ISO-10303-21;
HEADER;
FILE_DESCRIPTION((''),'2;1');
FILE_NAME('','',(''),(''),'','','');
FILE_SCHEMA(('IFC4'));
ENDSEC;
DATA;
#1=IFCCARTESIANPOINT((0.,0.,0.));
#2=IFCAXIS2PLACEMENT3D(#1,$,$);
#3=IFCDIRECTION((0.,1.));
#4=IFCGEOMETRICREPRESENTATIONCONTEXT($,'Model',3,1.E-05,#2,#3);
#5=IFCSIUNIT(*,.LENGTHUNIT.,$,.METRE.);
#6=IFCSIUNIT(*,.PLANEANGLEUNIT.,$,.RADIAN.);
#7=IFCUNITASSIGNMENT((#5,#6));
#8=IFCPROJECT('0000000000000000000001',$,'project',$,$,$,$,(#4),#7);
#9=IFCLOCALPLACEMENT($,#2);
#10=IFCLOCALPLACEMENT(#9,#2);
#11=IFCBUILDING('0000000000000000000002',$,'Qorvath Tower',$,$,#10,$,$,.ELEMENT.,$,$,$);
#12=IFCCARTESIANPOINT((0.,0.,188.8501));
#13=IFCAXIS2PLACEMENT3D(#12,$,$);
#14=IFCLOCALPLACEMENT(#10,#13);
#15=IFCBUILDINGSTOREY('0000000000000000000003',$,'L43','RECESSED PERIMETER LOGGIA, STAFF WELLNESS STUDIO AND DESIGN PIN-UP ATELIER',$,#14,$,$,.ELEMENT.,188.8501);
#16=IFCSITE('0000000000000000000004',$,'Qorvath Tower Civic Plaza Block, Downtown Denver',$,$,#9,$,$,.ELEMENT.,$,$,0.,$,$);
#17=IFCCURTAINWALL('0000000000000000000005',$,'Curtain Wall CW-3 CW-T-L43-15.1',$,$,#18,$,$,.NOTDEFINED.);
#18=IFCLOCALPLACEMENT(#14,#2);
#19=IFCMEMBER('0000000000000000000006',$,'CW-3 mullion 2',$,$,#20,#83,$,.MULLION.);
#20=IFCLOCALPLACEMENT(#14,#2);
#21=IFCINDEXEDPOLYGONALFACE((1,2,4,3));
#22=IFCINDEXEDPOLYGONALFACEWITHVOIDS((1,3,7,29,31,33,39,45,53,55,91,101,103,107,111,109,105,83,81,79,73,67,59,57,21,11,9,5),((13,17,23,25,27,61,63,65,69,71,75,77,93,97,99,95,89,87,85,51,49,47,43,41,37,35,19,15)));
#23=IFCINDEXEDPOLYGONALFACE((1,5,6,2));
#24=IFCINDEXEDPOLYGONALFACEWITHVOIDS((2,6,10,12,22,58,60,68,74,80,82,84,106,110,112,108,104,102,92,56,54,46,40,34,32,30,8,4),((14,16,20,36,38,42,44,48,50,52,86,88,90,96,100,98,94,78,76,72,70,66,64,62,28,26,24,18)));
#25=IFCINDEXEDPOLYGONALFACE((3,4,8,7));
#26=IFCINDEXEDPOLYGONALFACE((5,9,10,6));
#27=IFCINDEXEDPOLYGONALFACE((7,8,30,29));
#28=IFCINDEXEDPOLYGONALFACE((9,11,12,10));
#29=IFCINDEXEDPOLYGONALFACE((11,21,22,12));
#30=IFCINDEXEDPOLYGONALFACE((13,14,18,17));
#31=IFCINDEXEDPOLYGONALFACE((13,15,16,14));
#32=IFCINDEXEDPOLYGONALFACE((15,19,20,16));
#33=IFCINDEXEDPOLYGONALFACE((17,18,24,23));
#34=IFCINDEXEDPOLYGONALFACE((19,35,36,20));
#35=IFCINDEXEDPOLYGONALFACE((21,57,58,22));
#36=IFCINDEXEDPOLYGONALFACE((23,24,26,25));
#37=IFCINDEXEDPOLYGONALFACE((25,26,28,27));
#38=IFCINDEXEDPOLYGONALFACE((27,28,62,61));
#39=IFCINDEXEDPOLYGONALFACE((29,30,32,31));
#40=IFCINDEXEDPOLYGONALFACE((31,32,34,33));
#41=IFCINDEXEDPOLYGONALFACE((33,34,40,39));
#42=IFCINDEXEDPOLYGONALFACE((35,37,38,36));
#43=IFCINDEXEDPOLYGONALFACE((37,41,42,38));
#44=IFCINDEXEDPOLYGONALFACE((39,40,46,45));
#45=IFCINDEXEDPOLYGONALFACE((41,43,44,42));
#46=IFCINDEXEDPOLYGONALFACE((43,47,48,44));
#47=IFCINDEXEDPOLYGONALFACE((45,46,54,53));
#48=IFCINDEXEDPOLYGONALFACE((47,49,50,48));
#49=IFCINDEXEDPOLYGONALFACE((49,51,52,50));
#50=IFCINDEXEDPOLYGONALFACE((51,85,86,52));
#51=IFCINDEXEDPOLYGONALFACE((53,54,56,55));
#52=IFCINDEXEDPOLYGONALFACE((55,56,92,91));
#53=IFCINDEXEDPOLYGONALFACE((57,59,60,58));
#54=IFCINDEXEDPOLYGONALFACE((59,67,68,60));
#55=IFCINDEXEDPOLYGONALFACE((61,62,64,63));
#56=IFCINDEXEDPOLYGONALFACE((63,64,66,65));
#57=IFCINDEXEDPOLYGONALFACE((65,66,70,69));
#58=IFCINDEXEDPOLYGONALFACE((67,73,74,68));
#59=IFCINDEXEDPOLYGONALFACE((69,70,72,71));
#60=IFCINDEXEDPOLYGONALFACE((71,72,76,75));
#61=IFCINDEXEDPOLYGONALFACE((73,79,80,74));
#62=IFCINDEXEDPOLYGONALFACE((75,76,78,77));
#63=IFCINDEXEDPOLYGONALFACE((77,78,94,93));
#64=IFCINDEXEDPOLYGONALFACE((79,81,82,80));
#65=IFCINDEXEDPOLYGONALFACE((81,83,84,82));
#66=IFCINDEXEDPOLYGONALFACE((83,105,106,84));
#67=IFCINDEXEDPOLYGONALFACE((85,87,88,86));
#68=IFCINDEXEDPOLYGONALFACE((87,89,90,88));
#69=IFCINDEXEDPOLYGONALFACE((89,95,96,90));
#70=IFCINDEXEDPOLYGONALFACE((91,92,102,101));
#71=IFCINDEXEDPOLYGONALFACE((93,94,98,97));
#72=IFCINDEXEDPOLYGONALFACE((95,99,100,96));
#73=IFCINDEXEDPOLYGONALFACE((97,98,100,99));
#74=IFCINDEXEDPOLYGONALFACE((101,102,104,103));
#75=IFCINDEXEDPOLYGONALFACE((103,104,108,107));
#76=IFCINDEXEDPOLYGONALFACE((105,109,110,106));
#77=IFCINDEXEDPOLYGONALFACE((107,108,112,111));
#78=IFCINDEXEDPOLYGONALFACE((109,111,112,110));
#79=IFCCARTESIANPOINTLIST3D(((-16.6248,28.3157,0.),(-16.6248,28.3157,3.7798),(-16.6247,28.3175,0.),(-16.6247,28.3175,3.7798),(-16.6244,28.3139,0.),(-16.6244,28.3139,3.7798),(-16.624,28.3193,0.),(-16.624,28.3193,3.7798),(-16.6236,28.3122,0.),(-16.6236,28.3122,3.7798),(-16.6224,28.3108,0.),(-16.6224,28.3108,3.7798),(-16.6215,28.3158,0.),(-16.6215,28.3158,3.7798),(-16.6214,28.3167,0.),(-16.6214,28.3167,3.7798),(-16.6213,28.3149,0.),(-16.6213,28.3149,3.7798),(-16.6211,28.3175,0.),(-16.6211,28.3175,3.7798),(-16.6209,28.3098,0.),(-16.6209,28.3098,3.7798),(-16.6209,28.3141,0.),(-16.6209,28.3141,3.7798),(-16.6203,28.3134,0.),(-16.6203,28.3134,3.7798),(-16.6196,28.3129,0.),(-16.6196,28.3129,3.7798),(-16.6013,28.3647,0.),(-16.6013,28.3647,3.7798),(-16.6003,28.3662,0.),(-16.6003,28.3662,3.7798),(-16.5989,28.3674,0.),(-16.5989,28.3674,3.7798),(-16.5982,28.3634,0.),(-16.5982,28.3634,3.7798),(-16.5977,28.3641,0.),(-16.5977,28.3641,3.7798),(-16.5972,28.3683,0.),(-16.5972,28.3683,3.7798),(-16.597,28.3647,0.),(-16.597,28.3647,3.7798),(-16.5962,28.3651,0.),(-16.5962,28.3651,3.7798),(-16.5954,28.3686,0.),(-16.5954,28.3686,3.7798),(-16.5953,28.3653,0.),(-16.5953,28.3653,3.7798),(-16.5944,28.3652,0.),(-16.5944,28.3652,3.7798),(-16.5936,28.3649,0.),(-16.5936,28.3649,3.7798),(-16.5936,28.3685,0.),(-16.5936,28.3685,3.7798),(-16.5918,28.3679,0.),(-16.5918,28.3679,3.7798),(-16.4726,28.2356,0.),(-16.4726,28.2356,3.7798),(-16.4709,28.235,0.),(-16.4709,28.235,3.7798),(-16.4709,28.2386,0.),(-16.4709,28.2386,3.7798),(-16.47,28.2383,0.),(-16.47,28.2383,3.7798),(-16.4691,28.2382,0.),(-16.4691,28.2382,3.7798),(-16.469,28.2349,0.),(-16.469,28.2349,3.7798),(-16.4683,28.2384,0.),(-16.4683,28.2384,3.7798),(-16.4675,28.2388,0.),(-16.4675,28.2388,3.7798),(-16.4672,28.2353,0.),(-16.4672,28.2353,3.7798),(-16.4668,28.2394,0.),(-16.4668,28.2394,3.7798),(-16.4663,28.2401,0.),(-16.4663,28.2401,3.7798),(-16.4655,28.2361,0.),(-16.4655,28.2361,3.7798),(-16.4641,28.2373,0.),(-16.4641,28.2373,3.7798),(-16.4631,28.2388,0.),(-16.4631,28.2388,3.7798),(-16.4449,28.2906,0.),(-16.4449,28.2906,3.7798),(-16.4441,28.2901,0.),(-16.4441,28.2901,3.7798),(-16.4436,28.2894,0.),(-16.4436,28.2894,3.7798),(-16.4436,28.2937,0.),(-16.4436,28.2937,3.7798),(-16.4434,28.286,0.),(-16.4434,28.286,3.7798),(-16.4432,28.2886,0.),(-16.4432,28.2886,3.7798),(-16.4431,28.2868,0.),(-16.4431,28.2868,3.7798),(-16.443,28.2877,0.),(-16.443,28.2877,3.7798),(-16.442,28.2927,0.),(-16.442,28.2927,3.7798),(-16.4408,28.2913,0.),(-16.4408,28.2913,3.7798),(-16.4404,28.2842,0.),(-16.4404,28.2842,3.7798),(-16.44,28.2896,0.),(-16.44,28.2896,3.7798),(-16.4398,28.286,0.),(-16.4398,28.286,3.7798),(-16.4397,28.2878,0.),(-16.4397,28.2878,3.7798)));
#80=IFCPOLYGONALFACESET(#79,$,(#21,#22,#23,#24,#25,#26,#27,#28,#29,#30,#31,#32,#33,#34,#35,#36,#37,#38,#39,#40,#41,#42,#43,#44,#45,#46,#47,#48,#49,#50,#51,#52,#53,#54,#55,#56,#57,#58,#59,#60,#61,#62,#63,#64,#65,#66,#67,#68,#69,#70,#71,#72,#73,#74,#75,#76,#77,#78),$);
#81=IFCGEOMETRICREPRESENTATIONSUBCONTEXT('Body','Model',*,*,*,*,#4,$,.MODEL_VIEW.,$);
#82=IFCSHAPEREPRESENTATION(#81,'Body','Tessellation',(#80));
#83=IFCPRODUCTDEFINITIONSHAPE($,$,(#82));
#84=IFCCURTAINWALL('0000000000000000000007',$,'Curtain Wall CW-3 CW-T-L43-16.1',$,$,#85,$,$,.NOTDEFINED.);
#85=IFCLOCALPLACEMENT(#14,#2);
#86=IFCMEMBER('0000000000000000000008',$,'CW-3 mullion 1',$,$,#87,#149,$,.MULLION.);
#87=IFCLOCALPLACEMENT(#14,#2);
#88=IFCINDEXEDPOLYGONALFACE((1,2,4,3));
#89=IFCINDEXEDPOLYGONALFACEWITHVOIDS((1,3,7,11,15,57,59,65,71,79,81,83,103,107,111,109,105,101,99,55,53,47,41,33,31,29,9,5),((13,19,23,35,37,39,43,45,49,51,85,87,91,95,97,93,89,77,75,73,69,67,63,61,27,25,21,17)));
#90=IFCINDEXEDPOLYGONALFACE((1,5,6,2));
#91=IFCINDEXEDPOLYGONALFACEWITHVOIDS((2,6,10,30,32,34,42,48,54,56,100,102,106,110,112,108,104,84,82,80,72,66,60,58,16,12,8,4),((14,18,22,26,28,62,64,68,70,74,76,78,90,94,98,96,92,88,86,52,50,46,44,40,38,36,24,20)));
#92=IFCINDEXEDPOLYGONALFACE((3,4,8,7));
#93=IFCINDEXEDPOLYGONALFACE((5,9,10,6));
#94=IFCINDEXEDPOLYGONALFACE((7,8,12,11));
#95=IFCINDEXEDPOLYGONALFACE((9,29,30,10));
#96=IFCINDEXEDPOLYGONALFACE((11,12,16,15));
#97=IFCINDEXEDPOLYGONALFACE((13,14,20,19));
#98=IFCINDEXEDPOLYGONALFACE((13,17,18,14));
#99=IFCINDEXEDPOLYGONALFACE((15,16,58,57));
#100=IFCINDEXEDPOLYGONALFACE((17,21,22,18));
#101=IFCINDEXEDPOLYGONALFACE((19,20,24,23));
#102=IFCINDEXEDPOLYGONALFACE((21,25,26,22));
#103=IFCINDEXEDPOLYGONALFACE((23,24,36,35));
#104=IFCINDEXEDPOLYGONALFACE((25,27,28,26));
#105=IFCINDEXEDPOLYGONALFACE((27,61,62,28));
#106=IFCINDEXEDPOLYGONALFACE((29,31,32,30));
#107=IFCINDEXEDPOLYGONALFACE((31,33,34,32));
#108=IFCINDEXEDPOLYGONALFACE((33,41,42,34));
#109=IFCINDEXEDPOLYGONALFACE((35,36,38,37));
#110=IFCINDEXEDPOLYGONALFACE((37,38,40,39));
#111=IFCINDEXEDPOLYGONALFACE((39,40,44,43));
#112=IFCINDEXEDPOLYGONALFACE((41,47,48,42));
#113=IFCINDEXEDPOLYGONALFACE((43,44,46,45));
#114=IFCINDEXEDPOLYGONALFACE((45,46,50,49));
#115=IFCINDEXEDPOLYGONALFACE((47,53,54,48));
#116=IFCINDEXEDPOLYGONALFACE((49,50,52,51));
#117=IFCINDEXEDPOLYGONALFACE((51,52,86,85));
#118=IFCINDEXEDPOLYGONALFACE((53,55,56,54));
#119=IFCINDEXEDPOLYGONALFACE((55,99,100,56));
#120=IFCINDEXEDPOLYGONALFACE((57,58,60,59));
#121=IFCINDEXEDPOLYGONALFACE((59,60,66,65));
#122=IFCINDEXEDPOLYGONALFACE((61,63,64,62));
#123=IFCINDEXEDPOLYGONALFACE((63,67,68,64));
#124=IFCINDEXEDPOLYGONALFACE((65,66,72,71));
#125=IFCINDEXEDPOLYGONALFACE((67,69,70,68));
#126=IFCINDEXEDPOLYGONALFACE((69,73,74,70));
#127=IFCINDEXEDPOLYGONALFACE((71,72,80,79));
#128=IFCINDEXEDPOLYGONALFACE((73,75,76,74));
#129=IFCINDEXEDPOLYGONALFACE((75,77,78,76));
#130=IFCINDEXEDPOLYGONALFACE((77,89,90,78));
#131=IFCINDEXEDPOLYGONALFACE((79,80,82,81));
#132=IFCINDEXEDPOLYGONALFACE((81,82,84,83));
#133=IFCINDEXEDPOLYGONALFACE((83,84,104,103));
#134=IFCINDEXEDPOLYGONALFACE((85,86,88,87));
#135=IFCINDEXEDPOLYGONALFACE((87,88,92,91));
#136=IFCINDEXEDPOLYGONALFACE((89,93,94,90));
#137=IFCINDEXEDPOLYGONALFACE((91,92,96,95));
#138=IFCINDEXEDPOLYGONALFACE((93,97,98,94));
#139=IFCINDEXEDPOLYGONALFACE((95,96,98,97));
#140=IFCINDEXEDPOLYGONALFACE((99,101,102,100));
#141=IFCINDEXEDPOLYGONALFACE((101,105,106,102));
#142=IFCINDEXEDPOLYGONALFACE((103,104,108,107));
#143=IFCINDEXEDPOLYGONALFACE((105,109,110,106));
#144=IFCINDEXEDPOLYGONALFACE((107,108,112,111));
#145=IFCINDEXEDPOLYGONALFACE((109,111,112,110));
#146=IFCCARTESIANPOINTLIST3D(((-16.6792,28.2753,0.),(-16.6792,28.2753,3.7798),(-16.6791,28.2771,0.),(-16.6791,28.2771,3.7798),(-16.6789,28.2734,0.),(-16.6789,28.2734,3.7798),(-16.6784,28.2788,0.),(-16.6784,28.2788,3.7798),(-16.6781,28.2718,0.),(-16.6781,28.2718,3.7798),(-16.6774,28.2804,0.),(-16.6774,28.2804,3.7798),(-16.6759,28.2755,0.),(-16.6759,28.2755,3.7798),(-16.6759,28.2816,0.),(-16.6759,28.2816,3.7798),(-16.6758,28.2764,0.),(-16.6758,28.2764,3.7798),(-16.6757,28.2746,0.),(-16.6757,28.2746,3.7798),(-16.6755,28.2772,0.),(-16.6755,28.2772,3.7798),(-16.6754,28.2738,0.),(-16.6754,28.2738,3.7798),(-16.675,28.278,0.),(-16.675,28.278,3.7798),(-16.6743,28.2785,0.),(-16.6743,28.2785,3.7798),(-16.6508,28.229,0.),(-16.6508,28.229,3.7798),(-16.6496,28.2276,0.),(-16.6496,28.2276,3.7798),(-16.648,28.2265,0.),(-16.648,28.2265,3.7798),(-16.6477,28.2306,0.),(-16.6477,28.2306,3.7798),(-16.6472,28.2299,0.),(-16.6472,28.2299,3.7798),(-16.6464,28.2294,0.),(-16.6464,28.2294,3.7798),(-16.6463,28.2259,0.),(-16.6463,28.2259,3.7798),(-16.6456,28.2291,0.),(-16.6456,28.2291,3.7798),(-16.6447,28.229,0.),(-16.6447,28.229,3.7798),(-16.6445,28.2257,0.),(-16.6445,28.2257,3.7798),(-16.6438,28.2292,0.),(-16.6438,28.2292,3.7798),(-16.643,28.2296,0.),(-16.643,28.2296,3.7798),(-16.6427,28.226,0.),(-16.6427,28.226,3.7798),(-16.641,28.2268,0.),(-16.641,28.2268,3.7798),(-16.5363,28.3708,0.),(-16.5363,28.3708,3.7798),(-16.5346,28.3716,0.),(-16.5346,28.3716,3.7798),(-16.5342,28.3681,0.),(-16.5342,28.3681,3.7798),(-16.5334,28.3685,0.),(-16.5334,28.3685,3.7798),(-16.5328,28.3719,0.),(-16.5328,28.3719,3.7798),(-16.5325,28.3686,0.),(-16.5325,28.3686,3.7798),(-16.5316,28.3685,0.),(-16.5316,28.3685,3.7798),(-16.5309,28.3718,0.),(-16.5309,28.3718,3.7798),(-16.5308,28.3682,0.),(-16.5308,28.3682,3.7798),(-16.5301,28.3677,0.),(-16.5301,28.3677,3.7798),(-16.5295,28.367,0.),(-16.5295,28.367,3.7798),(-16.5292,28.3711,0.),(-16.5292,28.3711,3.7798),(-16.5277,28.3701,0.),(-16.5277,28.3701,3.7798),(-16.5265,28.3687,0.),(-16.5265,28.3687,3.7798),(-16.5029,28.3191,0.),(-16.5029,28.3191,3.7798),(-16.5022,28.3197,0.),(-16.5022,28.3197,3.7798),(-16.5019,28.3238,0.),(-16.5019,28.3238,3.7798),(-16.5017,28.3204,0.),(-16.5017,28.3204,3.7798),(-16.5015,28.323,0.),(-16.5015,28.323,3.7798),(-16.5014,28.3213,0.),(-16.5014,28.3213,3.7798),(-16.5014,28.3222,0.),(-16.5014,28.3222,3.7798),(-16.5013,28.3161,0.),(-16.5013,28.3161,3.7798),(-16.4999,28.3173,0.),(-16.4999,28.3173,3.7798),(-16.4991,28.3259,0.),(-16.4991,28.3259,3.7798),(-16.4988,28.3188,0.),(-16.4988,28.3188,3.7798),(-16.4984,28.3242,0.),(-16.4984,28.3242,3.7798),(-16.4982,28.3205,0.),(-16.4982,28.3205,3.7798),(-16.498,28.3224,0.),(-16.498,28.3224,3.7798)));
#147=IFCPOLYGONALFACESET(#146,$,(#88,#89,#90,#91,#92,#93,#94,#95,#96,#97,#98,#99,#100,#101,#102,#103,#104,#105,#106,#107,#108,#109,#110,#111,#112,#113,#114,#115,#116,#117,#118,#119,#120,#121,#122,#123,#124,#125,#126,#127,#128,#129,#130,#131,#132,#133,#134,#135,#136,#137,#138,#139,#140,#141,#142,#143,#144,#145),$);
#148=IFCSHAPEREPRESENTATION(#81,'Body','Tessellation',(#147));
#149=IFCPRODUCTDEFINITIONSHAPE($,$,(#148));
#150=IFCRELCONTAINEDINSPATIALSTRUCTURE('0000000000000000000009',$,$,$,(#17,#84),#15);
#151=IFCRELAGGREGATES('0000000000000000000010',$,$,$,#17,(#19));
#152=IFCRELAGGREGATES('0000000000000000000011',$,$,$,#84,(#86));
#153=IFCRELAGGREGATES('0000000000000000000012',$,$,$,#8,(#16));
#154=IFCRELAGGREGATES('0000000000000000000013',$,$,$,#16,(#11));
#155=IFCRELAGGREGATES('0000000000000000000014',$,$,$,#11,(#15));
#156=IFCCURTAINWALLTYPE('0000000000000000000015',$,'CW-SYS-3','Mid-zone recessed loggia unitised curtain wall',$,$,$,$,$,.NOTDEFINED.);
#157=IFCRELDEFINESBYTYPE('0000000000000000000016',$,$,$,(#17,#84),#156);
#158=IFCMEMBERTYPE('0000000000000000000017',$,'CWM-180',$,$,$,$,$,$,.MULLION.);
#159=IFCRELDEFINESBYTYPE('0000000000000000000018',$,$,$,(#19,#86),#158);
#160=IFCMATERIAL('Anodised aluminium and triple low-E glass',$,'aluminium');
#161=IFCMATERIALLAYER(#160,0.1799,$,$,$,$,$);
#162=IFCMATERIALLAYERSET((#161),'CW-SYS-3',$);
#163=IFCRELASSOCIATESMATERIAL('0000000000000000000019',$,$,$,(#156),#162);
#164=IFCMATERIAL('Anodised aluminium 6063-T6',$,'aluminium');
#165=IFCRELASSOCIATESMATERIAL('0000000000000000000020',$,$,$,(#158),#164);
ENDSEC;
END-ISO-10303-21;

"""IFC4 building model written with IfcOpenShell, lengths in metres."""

from ifc_helpers import new_model, si_unit, direction, frame, origin, origin_2d, place, context, subcontext, project, spatial, hollow_rectangle, extrude, material, layer, layer_set, material_profile, profile_set, type_object, element, aggregate, save


model = new_model("IFC4")

# Units and contexts
model_context = context("Model", 3, precision=1e-05, world=origin(), true_north=direction((0.0, 1.0)))
body_context = subcontext(model_context, "Body", "Model", "MODEL_VIEW")
ifc_project = project(units=[si_unit("LENGTHUNIT", "METRE"), si_unit("PLANEANGLEUNIT", "RADIAN")], contexts=[model_context])

# Site, building, storey
site_placement = place(None, origin())
site = spatial("IfcSite", under=ifc_project, at=site_placement, Name="Qorvath Tower Civic Plaza Block, Downtown Denver", CompositionType="ELEMENT", RefElevation=0.0)
building_placement = place(site_placement, origin())
building = spatial("IfcBuilding", under=site, at=building_placement, Name="Qorvath Tower", CompositionType="ELEMENT")
storey_placement = place(building_placement, frame((0.0, 0.0, 188.8501)))
storey = spatial("IfcBuildingStorey", under=building, at=storey_placement, Name="L43", Description="RECESSED PERIMETER LOGGIA, STAFF WELLNESS STUDIO AND DESIGN PIN-UP ATELIER", CompositionType="ELEMENT", Elevation=188.8501)

# Shared definitions
ifc_material_1 = material(Name="Anodised aluminium and triple low-E glass", Category="aluminium")
ifc_layer_1 = layer(ifc_material_1, 0.1799)
ifc_layer_set_1 = layer_set([ifc_layer_1], Name="CW-SYS-3")
curtain_wall_type = type_object("IfcCurtainWallType", Name="CW-SYS-3", Description="Mid-zone recessed loggia unitised curtain wall", PredefinedType="NOTDEFINED", material=ifc_layer_set_1)
ifc_material_2 = material(Name="Anodised aluminium 6063-T6", Category="aluminium")
ifc_material_profile_1 = material_profile(ifc_material_2, hollow_rectangle(XDim=0.0649, YDim=0.1799, WallThickness=0.0034, InnerFilletRadius=0.0034, OuterFilletRadius=0.0071, at=origin_2d()), Name="CWM 180x65")
ifc_profile_set_1 = profile_set([ifc_material_profile_1], Name="Anodised aluminium 6063-T6")
member_type_1 = type_object("IfcMemberType", Name="CWM-180", PredefinedType="MULLION", material=ifc_profile_set_1)

# Curtain wall, member
curtain_wall_1_placement = place(storey_placement, origin())
curtain_wall_1 = element("IfcCurtainWall", 1, at=curtain_wall_1_placement, inside=storey, type_object=curtain_wall_type, Name="Curtain Wall CW-3 CW-T-L43-15.1", PredefinedType="NOTDEFINED")
member_1_placement = place(storey_placement, frame((-16.5322, 28.3018, 0.0), z_axis=(0.0, 0.0, 1.0), x_axis=(-0.447196, -0.894436, 0.0)))
member_1 = element("IfcMember", 2, at=member_1_placement, type_object=member_type_1, Name="CW-3 mullion 2", PredefinedType="MULLION", context=body_context, shape_type="SweptSolid", body=[
    extrude(hollow_rectangle(XDim=0.0649, YDim=0.1799, WallThickness=0.0034, InnerFilletRadius=0.0034, OuterFilletRadius=0.0071, at=origin_2d()), origin(), (0.0, 0.0, 1.0), 3.7798),
])

# Curtain wall, member
curtain_wall_2_placement = place(storey_placement, origin())
curtain_wall_2 = element("IfcCurtainWall", 3, at=curtain_wall_2_placement, inside=storey, type_object=curtain_wall_type, Name="Curtain Wall CW-3 CW-T-L43-16.1", PredefinedType="NOTDEFINED")
member_2_placement = place(storey_placement, frame((-16.5886, 28.2988, 0.0), z_axis=(0.0, 0.0, 1.0), x_axis=(0.538531, -0.842606, 0.0)))
member_2 = element("IfcMember", 4, at=member_2_placement, type_object=member_type_1, Name="CW-3 mullion 1", PredefinedType="MULLION", context=body_context, shape_type="SweptSolid", body=[
    extrude(hollow_rectangle(XDim=0.0649, YDim=0.1799, WallThickness=0.0034, InnerFilletRadius=0.0034, OuterFilletRadius=0.0071, at=origin_2d()), origin(), (0.0, 0.0, 1.0), 3.7798),
])

aggregate(curtain_wall_1, [member_1])
aggregate(curtain_wall_2, [member_2])

save(model, "model.ifc")
